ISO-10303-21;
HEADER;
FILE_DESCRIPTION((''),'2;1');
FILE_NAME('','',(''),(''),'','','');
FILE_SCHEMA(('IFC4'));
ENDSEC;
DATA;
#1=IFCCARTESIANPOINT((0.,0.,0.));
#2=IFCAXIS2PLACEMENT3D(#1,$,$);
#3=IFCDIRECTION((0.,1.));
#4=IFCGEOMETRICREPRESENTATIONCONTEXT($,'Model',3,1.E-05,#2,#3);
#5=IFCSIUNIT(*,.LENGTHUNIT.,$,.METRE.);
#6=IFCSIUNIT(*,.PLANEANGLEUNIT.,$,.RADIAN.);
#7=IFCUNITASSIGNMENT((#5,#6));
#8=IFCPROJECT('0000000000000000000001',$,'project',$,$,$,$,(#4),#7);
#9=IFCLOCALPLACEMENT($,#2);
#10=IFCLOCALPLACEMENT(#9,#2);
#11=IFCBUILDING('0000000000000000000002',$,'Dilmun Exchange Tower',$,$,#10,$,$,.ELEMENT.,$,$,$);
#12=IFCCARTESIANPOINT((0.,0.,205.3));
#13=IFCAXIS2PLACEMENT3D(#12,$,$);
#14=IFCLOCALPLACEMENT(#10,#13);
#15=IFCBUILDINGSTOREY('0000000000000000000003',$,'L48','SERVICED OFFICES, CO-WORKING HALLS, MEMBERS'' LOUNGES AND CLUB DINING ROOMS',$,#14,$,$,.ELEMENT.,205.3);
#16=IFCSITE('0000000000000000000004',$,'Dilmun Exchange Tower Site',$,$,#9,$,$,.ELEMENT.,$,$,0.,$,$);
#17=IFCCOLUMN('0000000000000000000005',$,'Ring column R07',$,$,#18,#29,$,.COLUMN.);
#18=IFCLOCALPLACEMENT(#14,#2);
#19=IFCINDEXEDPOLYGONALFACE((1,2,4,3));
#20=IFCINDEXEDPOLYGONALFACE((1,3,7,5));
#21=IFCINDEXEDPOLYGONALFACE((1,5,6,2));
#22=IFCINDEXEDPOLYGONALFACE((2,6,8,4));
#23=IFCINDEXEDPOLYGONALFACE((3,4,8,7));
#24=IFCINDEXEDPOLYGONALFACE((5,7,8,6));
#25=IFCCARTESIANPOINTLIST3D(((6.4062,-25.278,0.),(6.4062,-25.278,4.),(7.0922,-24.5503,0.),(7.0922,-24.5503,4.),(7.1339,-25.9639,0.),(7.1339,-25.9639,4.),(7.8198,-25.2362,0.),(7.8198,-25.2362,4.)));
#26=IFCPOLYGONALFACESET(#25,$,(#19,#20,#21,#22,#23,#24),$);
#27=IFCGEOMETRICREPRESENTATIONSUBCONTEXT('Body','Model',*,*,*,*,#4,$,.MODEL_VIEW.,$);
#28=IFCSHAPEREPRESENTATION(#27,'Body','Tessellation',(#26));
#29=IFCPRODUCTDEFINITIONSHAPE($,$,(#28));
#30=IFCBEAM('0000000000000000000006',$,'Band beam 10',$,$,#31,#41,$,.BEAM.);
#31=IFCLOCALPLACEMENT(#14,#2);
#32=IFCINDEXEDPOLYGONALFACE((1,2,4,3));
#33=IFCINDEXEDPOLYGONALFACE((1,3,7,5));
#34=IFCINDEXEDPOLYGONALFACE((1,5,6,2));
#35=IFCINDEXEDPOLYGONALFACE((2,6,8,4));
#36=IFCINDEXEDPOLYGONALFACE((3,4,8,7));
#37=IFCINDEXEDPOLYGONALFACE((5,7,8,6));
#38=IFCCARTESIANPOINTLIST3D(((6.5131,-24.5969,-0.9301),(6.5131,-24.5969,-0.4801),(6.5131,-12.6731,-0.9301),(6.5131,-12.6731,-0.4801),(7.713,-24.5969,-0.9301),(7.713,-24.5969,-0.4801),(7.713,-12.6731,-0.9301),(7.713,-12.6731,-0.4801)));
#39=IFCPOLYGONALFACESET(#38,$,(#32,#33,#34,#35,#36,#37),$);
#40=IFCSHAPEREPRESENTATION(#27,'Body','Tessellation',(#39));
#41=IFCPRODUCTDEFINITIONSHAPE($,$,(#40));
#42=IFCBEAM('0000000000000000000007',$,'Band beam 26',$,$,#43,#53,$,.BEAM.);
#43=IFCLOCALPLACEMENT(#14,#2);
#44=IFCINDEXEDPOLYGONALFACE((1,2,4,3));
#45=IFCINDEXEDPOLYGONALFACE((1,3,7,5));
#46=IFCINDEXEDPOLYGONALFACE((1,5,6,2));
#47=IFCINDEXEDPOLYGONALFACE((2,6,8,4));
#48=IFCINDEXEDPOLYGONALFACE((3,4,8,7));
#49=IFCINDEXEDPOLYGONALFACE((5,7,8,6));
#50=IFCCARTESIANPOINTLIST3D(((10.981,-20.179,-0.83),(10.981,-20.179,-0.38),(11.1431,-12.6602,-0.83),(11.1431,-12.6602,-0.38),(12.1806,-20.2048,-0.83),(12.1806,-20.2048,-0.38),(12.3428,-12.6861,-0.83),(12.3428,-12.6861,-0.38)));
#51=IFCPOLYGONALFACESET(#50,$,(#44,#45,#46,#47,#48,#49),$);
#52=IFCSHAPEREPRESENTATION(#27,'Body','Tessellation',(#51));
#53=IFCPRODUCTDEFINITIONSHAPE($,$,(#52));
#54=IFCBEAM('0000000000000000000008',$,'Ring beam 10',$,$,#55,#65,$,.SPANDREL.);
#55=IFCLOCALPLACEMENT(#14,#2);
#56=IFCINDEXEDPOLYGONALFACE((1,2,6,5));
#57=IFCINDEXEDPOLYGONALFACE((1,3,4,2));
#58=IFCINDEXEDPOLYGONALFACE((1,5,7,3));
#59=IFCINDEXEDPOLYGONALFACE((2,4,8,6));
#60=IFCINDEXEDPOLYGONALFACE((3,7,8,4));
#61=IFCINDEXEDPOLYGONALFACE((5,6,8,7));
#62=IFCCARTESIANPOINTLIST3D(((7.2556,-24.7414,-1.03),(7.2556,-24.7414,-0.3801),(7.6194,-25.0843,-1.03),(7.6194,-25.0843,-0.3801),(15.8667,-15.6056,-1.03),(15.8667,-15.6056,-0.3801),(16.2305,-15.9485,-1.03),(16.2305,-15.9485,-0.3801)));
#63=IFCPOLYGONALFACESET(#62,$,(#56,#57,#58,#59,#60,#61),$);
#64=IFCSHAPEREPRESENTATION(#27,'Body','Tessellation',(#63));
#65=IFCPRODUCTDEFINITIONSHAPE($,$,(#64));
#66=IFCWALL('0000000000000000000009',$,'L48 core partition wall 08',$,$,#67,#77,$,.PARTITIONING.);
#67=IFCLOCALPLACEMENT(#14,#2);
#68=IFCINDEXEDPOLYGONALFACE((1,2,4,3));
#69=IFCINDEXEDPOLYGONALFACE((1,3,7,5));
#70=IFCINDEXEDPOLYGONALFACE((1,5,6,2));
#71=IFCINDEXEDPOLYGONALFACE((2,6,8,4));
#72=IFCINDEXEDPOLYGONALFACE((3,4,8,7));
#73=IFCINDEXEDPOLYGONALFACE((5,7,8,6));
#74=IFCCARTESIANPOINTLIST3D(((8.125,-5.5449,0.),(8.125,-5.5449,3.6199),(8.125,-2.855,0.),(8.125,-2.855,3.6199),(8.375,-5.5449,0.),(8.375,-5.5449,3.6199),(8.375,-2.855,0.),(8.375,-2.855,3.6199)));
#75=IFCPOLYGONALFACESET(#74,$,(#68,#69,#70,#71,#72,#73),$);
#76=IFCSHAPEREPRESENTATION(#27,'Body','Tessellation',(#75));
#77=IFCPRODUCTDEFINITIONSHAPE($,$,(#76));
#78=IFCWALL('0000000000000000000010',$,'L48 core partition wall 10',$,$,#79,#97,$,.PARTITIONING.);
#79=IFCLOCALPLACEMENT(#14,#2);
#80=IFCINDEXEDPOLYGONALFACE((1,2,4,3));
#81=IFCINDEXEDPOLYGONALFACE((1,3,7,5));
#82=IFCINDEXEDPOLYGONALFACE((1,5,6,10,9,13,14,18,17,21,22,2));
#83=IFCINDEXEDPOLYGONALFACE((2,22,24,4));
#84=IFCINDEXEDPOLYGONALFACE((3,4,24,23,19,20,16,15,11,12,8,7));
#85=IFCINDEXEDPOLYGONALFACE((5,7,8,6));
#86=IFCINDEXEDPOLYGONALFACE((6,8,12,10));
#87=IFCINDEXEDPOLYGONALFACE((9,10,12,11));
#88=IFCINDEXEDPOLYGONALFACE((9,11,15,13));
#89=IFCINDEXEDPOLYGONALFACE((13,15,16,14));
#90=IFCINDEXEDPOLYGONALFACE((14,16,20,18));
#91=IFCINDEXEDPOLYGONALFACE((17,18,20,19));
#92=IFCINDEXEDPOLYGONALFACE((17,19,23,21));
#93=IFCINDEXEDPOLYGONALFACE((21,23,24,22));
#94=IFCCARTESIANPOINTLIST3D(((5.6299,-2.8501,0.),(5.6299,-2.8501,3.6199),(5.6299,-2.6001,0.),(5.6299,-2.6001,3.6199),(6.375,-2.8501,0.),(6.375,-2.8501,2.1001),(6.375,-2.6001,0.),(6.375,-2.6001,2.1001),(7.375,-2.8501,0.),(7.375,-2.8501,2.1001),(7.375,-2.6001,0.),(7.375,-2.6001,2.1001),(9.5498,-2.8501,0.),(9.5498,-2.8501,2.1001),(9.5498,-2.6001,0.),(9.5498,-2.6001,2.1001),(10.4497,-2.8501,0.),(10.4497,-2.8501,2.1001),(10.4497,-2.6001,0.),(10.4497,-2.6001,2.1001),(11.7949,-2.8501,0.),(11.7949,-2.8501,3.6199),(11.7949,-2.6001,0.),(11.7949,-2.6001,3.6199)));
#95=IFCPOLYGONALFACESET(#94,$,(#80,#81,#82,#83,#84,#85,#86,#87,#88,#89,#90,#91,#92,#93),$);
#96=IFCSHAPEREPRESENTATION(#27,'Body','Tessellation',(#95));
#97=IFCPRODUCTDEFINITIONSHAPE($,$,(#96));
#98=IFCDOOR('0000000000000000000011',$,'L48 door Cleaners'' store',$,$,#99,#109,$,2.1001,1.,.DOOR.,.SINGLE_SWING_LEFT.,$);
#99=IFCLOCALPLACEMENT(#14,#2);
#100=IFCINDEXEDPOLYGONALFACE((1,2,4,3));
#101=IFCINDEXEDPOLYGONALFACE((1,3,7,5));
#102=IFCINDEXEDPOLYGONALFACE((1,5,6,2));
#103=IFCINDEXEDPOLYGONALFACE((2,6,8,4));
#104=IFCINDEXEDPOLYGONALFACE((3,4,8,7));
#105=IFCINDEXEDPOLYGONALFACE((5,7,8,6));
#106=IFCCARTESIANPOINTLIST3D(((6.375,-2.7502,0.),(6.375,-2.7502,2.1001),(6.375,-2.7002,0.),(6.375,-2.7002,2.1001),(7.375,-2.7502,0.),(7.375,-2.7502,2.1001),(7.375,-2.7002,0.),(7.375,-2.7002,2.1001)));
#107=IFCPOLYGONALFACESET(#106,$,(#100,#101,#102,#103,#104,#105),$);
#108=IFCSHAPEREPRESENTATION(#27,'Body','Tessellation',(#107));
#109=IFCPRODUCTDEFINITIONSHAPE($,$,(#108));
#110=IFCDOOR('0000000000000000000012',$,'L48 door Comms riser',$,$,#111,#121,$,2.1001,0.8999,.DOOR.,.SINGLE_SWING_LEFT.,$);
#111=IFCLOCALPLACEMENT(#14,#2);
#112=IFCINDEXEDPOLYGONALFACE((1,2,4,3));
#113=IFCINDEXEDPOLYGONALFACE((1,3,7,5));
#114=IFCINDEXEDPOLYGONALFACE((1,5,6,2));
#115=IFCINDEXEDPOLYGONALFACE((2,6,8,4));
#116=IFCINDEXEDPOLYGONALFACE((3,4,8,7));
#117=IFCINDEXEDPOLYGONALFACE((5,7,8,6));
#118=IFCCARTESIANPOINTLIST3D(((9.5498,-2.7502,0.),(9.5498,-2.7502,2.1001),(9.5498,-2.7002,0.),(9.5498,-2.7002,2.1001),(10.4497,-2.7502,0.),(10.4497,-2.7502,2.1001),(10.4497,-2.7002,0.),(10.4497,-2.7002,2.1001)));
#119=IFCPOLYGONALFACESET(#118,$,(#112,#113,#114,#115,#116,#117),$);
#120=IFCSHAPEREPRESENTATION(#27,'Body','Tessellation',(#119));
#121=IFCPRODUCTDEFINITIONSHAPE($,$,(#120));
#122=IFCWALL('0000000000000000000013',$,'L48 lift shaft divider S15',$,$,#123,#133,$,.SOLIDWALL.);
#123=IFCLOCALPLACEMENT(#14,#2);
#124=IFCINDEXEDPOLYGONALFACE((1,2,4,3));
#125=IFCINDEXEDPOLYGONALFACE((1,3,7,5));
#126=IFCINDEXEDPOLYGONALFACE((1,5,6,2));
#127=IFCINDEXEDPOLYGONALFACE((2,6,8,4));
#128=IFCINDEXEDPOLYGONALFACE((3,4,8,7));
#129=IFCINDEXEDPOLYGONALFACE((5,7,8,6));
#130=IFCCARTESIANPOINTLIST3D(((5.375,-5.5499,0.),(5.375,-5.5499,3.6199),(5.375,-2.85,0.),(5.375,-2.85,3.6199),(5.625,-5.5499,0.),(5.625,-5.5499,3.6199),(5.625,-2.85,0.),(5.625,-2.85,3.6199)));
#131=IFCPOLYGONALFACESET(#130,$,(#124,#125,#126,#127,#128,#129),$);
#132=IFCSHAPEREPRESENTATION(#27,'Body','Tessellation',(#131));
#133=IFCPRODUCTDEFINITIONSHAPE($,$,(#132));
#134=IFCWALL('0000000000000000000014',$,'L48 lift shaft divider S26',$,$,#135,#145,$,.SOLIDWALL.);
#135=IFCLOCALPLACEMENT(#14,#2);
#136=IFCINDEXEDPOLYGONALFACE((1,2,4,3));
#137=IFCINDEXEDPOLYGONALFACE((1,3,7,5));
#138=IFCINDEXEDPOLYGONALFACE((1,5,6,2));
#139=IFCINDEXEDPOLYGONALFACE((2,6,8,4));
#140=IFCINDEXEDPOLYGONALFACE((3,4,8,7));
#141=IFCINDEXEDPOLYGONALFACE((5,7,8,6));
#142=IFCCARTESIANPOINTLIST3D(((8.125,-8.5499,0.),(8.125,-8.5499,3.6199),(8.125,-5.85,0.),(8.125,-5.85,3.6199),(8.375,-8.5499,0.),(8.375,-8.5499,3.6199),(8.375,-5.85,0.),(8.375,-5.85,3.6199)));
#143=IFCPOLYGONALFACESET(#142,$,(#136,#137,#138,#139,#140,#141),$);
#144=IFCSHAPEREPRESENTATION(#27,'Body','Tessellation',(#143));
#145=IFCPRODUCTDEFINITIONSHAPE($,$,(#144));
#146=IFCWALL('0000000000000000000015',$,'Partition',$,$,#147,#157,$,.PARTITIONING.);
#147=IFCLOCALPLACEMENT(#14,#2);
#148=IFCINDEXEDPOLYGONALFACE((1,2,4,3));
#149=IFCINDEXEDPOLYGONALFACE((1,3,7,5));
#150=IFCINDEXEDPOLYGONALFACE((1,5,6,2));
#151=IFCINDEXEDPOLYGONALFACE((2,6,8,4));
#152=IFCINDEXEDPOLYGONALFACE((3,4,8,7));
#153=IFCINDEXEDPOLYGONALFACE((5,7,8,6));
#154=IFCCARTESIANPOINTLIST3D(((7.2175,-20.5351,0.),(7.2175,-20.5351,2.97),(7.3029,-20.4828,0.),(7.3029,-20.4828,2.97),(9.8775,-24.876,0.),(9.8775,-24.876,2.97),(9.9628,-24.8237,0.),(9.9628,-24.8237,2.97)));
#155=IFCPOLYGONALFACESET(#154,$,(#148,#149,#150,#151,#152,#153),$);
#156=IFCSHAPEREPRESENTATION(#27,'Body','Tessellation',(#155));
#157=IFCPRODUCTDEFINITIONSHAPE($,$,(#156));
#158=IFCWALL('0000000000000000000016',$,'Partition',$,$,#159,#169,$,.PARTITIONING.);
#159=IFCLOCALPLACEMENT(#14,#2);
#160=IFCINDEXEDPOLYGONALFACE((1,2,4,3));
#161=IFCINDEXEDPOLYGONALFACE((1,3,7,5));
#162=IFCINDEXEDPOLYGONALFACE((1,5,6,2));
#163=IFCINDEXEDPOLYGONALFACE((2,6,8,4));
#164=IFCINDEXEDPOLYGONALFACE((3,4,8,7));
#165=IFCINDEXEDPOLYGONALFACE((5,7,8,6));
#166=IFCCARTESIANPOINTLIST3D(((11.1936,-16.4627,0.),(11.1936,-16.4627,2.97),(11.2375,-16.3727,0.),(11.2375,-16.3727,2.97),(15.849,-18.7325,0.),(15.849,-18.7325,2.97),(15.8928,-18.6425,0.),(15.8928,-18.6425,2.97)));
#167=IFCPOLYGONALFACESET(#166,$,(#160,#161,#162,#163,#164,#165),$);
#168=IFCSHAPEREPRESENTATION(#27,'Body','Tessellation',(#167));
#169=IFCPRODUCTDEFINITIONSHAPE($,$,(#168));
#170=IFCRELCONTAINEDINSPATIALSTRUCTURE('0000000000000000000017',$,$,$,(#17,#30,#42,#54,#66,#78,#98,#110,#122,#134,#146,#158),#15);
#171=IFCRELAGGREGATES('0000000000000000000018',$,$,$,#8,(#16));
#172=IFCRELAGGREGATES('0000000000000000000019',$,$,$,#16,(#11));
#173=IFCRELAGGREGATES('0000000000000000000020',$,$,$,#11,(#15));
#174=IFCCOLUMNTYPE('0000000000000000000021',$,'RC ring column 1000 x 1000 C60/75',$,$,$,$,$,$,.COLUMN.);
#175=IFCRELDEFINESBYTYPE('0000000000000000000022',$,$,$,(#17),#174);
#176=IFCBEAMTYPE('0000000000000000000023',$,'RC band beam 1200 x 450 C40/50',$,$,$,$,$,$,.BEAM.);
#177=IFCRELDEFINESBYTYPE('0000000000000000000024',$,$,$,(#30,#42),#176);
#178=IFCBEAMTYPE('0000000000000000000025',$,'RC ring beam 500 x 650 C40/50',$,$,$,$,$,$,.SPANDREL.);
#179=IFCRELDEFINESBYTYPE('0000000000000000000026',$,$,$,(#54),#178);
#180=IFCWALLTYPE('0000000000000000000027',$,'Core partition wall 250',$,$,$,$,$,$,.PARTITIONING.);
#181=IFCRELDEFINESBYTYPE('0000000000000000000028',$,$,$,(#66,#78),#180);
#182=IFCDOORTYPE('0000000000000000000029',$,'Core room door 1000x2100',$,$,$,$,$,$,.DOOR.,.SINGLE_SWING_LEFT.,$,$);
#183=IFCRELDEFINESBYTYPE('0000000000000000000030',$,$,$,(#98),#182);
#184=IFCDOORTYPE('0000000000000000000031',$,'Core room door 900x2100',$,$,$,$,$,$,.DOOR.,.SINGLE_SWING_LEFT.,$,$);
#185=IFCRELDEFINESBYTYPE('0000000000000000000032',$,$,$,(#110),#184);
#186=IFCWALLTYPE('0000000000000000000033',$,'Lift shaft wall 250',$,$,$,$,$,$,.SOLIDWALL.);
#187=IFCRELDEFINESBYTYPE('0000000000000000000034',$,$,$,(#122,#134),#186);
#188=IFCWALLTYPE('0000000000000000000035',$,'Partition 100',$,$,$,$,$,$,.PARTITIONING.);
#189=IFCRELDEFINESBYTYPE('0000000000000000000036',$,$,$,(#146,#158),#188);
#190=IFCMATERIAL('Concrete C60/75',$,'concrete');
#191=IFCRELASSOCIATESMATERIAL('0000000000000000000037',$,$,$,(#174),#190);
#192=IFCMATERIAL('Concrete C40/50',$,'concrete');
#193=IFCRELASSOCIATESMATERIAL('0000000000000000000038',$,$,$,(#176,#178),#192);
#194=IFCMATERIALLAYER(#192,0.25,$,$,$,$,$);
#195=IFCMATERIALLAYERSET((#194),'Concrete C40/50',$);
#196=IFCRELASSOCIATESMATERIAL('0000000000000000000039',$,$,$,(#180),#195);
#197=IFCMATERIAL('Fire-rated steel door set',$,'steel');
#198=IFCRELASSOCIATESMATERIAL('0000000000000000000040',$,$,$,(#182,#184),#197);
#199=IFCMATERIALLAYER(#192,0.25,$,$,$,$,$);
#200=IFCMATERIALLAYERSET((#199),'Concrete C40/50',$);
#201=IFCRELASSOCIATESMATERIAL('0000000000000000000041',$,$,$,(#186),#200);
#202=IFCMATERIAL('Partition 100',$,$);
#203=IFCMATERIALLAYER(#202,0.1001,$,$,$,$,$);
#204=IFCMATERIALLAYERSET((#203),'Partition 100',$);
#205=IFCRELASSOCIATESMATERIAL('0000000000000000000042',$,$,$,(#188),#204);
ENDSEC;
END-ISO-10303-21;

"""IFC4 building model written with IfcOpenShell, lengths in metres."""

from ifc_helpers import new_model, si_unit, direction, frame, frame_2d, origin, origin_2d, place, context, subcontext, project, spatial, rectangle, extrude, material, layer, layer_set, material_profile, profile_set, type_object, element, fill, save


model = new_model("IFC4")

# Units and contexts
model_context = context("Model", 3, precision=1e-05, world=origin(), true_north=direction((0.0, 1.0)))
body_context = subcontext(model_context, "Body", "Model", "MODEL_VIEW")
ifc_project = project(units=[si_unit("LENGTHUNIT", "METRE"), si_unit("PLANEANGLEUNIT", "RADIAN")], contexts=[model_context])

# Site, building, storey
site_placement = place(None, origin())
site = spatial("IfcSite", under=ifc_project, at=site_placement, Name="Dilmun Exchange Tower Site", CompositionType="ELEMENT", RefElevation=0.0)
building_placement = place(site_placement, origin())
building = spatial("IfcBuilding", under=site, at=building_placement, Name="Dilmun Exchange Tower", CompositionType="ELEMENT")
storey_placement = place(building_placement, frame((0.0, 0.0, 205.3)))
storey = spatial("IfcBuildingStorey", under=building, at=storey_placement, Name="L48", Description="SERVICED OFFICES, CO-WORKING HALLS, MEMBERS' LOUNGES AND CLUB DINING ROOMS", CompositionType="ELEMENT", Elevation=205.3)

# Column
ifc_material_1 = material(Name="Concrete C60/75", Category="concrete")
ifc_material_profile_1 = material_profile(ifc_material_1, rectangle(XDim=1.0, YDim=1.0, at=origin_2d()), Name="1000 x 1000")
ifc_profile_set_1 = profile_set([ifc_material_profile_1], Name="Concrete C60/75")
column_type = type_object("IfcColumnType", Name="RC ring column 1000 x 1000 C60/75", PredefinedType="COLUMN", material=ifc_profile_set_1)
column_placement = place(storey_placement, frame((7.113, -25.2571, 0.0), z_axis=(0.0, 0.0, 1.0), x_axis=(0.685916, 0.727681, 0.0)))
element("IfcColumn", 1, at=column_placement, inside=storey, type_object=column_type, Name="Ring column R07", PredefinedType="COLUMN", context=body_context, shape_type="SweptSolid", body=[
    extrude(rectangle(XDim=1.0, YDim=1.0, at=origin_2d()), origin(), (0.0, 0.0, 1.0), 4.0),
])

# Beams
ifc_material_2 = material(Name="Concrete C40/50", Category="concrete")
ifc_material_profile_2 = material_profile(ifc_material_2, rectangle(XDim=1.2, YDim=0.45, at=origin_2d()), Name="1200 x 450")
ifc_profile_set_2 = profile_set([ifc_material_profile_2], Name="Concrete C40/50")
beam_type_1 = type_object("IfcBeamType", Name="RC band beam 1200 x 450 C40/50", PredefinedType="BEAM", material=ifc_profile_set_2)
beam_1_placement = place(storey_placement, frame((7.113, -24.5969, -0.7051), z_axis=(0.0, 1.0, 0.0), x_axis=(-1.0, 0.0, 0.0)))
element("IfcBeam", 2, at=beam_1_placement, inside=storey, type_object=beam_type_1, Name="Band beam 10", PredefinedType="BEAM", context=body_context, shape_type="SweptSolid", body=[
    extrude(rectangle(XDim=1.2, YDim=0.45, at=origin_2d()), origin(), (0.0, 0.0, 1.0), 11.9238),
])
beam_2_placement = place(storey_placement, frame((11.5808, -20.1919, -0.605), z_axis=(0.021556, 0.999768, 0.0), x_axis=(-0.999768, 0.021556, 0.0)))
element("IfcBeam", 3, at=beam_2_placement, inside=storey, type_object=beam_type_1, Name="Band beam 26", PredefinedType="BEAM", context=body_context, shape_type="SweptSolid", body=[
    extrude(rectangle(XDim=1.2, YDim=0.45, at=origin_2d()), origin(), (0.0, 0.0, 1.0), 7.5205),
])
ifc_material_profile_3 = material_profile(ifc_material_2, rectangle(XDim=0.5, YDim=0.6499, at=origin_2d()), Name="500 x 650")
ifc_profile_set_3 = profile_set([ifc_material_profile_3], Name="Concrete C40/50")
beam_type_2 = type_object("IfcBeamType", Name="RC ring beam 500 x 650 C40/50", PredefinedType="SPANDREL", material=ifc_profile_set_3)
beam_3_placement = place(storey_placement, frame((7.4375, -24.9128, -0.7051), z_axis=(0.685903, 0.727693, 0.0), x_axis=(-0.727693, 0.685903, 0.0)))
element("IfcBeam", 4, at=beam_3_placement, inside=storey, type_object=beam_type_2, Name="Ring beam 10", PredefinedType="SPANDREL", context=body_context, shape_type="SweptSolid", body=[
    extrude(rectangle(XDim=0.5, YDim=0.6499, at=origin_2d()), origin(), (0.0, 0.0, 1.0), 12.5544),
])

# Wall
ifc_layer_1 = layer(ifc_material_2, 0.25)
ifc_layer_set_1 = layer_set([ifc_layer_1], Name="Concrete C40/50")
wall_type_1 = type_object("IfcWallType", Name="Core partition wall 250", PredefinedType="PARTITIONING", material=ifc_layer_set_1)
wall_1_placement = place(storey_placement, frame((8.25, -5.5449, 0.0), z_axis=(0.0, 0.0, 1.0), x_axis=(0.0, 1.0, 0.0)))
element("IfcWall", 5, at=wall_1_placement, inside=storey, type_object=wall_type_1, Name="L48 core partition wall 08", PredefinedType="PARTITIONING", context=body_context, shape_type="SweptSolid", body=[
    extrude(rectangle(XDim=2.6899, YDim=0.25, at=frame_2d((1.345, 0.0))), origin(), (0.0, 0.0, 1.0), 3.6199),
])

# Wall, openings, doors
wall_2_placement = place(storey_placement, frame((5.6299, -2.7251, 0.0), z_axis=(0.0, 0.0, 1.0), x_axis=(1.0, 0.0, 0.0)))
wall_2 = element("IfcWall", 6, at=wall_2_placement, inside=storey, type_object=wall_type_1, Name="L48 core partition wall 10", PredefinedType="PARTITIONING", context=body_context, shape_type="SweptSolid", body=[
    extrude(rectangle(XDim=6.165, YDim=0.25, at=frame_2d((3.0825, 0.0))), origin(), (0.0, 0.0, 1.0), 3.6199),
])
opening_1_placement = place(wall_2_placement, frame((0.7451, 0.0, 0.0)))
opening_1 = element("IfcOpeningElement", 7, at=opening_1_placement, cuts=wall_2, PredefinedType="OPENING", context=body_context, shape_type="SweptSolid", body=[
    extrude(rectangle(XDim=1.0, YDim=2.1001, at=frame_2d((0.5, 1.05))), frame((0.0, 0.135, 0.0), z_axis=(0.0, -1.0, 0.0), x_axis=(1.0, 0.0, 0.0)), (0.0, 0.0, 1.0), 0.27),
])
opening_2_placement = place(wall_2_placement, frame((3.9199, 0.0, 0.0)))
opening_2 = element("IfcOpeningElement", 8, at=opening_2_placement, cuts=wall_2, PredefinedType="OPENING", context=body_context, shape_type="SweptSolid", body=[
    extrude(rectangle(XDim=0.8999, YDim=2.1001, at=frame_2d((0.45, 1.05))), frame((0.0, 0.135, 0.0), z_axis=(0.0, -1.0, 0.0), x_axis=(1.0, 0.0, 0.0)), (0.0, 0.0, 1.0), 0.27),
])
ifc_material_3 = material(Name="Fire-rated steel door set", Category="steel")
door_type_1 = type_object("IfcDoorType", Name="Core room door 1000x2100", OperationType="SINGLE_SWING_LEFT", PredefinedType="DOOR", material=ifc_material_3)
door_1_placement = place(opening_1_placement, origin())
door_1 = element("IfcDoor", 9, at=door_1_placement, inside=storey, type_object=door_type_1, Name="L48 door Cleaners' store", OperationType="SINGLE_SWING_LEFT", OverallHeight=2.1001, OverallWidth=1.0, PredefinedType="DOOR", context=body_context, shape_type="SweptSolid", body=[
    extrude(rectangle(XDim=1.0, YDim=2.1001, at=frame_2d((0.5, 1.05))), frame((0.0, 0.0249, 0.0), z_axis=(0.0, -1.0, 0.0), x_axis=(1.0, 0.0, 0.0)), (0.0, 0.0, 1.0), 0.05),
])
fill(opening_1, door_1)
door_type_2 = type_object("IfcDoorType", Name="Core room door 900x2100", OperationType="SINGLE_SWING_LEFT", PredefinedType="DOOR", material=ifc_material_3)
door_2_placement = place(opening_2_placement, origin())
door_2 = element("IfcDoor", 10, at=door_2_placement, inside=storey, type_object=door_type_2, Name="L48 door Comms riser", OperationType="SINGLE_SWING_LEFT", OverallHeight=2.1001, OverallWidth=0.8999, PredefinedType="DOOR", context=body_context, shape_type="SweptSolid", body=[
    extrude(rectangle(XDim=0.8999, YDim=2.1001, at=frame_2d((0.45, 1.05))), frame((0.0, 0.0249, 0.0), z_axis=(0.0, -1.0, 0.0), x_axis=(1.0, 0.0, 0.0)), (0.0, 0.0, 1.0), 0.05),
])
fill(opening_2, door_2)

# Walls
ifc_layer_2 = layer(ifc_material_2, 0.25)
ifc_layer_set_2 = layer_set([ifc_layer_2], Name="Concrete C40/50")
wall_type_2 = type_object("IfcWallType", Name="Lift shaft wall 250", PredefinedType="SOLIDWALL", material=ifc_layer_set_2)
for number, where, z_axis, x_axis, name in (
    (11, (5.5, -5.55, 0.0), (0.0, 0.0, 1.0), (0.0, 1.0, 0.0), "L48 lift shaft divider S15"),
    (12, (8.25, -8.55, 0.0), (0.0, 0.0, 1.0), (0.0, 1.0, 0.0), "L48 lift shaft divider S26"),
):
    element("IfcWall", number, at=place(storey_placement, frame(where, z_axis=z_axis, x_axis=x_axis)), inside=storey, type_object=wall_type_2, Name=name, PredefinedType="SOLIDWALL", context=body_context, shape_type="SweptSolid", body=[
        extrude(rectangle(XDim=2.7, YDim=0.25, at=frame_2d((1.3501, 0.0))), origin(), (0.0, 0.0, 1.0), 3.6199),
    ])
ifc_material_4 = material(Name="Partition 100")
ifc_layer_3 = layer(ifc_material_4, 0.1001)
ifc_layer_set_3 = layer_set([ifc_layer_3], Name="Partition 100")
wall_type_3 = type_object("IfcWallType", Name="Partition 100", PredefinedType="PARTITIONING", material=ifc_layer_set_3)
wall_3_placement = place(storey_placement, frame((7.2603, -20.509, 0.0), z_axis=(0.0, 0.0, 1.0), x_axis=(0.522478, -0.852653, 0.0)))
element("IfcWall", 13, at=wall_3_placement, inside=storey, type_object=wall_type_3, Name="Partition", PredefinedType="PARTITIONING", context=body_context, shape_type="SweptSolid", body=[
    extrude(rectangle(XDim=5.0911, YDim=0.1001, at=frame_2d((2.5454, 0.0))), origin(), (0.0, 0.0, 1.0), 2.97),
])
wall_4_placement = place(storey_placement, frame((11.2156, -16.4177, 0.0), z_axis=(0.0, 0.0, 1.0), x_axis=(0.898851, -0.438254, 0.0)))
element("IfcWall", 14, at=wall_4_placement, inside=storey, type_object=wall_type_3, Name="Partition", PredefinedType="PARTITIONING", context=body_context, shape_type="SweptSolid", body=[
    extrude(rectangle(XDim=5.1792, YDim=0.1001, at=frame_2d((2.5896, 0.0))), origin(), (0.0, 0.0, 1.0), 2.97),
])

save(model, "model.ifc")
